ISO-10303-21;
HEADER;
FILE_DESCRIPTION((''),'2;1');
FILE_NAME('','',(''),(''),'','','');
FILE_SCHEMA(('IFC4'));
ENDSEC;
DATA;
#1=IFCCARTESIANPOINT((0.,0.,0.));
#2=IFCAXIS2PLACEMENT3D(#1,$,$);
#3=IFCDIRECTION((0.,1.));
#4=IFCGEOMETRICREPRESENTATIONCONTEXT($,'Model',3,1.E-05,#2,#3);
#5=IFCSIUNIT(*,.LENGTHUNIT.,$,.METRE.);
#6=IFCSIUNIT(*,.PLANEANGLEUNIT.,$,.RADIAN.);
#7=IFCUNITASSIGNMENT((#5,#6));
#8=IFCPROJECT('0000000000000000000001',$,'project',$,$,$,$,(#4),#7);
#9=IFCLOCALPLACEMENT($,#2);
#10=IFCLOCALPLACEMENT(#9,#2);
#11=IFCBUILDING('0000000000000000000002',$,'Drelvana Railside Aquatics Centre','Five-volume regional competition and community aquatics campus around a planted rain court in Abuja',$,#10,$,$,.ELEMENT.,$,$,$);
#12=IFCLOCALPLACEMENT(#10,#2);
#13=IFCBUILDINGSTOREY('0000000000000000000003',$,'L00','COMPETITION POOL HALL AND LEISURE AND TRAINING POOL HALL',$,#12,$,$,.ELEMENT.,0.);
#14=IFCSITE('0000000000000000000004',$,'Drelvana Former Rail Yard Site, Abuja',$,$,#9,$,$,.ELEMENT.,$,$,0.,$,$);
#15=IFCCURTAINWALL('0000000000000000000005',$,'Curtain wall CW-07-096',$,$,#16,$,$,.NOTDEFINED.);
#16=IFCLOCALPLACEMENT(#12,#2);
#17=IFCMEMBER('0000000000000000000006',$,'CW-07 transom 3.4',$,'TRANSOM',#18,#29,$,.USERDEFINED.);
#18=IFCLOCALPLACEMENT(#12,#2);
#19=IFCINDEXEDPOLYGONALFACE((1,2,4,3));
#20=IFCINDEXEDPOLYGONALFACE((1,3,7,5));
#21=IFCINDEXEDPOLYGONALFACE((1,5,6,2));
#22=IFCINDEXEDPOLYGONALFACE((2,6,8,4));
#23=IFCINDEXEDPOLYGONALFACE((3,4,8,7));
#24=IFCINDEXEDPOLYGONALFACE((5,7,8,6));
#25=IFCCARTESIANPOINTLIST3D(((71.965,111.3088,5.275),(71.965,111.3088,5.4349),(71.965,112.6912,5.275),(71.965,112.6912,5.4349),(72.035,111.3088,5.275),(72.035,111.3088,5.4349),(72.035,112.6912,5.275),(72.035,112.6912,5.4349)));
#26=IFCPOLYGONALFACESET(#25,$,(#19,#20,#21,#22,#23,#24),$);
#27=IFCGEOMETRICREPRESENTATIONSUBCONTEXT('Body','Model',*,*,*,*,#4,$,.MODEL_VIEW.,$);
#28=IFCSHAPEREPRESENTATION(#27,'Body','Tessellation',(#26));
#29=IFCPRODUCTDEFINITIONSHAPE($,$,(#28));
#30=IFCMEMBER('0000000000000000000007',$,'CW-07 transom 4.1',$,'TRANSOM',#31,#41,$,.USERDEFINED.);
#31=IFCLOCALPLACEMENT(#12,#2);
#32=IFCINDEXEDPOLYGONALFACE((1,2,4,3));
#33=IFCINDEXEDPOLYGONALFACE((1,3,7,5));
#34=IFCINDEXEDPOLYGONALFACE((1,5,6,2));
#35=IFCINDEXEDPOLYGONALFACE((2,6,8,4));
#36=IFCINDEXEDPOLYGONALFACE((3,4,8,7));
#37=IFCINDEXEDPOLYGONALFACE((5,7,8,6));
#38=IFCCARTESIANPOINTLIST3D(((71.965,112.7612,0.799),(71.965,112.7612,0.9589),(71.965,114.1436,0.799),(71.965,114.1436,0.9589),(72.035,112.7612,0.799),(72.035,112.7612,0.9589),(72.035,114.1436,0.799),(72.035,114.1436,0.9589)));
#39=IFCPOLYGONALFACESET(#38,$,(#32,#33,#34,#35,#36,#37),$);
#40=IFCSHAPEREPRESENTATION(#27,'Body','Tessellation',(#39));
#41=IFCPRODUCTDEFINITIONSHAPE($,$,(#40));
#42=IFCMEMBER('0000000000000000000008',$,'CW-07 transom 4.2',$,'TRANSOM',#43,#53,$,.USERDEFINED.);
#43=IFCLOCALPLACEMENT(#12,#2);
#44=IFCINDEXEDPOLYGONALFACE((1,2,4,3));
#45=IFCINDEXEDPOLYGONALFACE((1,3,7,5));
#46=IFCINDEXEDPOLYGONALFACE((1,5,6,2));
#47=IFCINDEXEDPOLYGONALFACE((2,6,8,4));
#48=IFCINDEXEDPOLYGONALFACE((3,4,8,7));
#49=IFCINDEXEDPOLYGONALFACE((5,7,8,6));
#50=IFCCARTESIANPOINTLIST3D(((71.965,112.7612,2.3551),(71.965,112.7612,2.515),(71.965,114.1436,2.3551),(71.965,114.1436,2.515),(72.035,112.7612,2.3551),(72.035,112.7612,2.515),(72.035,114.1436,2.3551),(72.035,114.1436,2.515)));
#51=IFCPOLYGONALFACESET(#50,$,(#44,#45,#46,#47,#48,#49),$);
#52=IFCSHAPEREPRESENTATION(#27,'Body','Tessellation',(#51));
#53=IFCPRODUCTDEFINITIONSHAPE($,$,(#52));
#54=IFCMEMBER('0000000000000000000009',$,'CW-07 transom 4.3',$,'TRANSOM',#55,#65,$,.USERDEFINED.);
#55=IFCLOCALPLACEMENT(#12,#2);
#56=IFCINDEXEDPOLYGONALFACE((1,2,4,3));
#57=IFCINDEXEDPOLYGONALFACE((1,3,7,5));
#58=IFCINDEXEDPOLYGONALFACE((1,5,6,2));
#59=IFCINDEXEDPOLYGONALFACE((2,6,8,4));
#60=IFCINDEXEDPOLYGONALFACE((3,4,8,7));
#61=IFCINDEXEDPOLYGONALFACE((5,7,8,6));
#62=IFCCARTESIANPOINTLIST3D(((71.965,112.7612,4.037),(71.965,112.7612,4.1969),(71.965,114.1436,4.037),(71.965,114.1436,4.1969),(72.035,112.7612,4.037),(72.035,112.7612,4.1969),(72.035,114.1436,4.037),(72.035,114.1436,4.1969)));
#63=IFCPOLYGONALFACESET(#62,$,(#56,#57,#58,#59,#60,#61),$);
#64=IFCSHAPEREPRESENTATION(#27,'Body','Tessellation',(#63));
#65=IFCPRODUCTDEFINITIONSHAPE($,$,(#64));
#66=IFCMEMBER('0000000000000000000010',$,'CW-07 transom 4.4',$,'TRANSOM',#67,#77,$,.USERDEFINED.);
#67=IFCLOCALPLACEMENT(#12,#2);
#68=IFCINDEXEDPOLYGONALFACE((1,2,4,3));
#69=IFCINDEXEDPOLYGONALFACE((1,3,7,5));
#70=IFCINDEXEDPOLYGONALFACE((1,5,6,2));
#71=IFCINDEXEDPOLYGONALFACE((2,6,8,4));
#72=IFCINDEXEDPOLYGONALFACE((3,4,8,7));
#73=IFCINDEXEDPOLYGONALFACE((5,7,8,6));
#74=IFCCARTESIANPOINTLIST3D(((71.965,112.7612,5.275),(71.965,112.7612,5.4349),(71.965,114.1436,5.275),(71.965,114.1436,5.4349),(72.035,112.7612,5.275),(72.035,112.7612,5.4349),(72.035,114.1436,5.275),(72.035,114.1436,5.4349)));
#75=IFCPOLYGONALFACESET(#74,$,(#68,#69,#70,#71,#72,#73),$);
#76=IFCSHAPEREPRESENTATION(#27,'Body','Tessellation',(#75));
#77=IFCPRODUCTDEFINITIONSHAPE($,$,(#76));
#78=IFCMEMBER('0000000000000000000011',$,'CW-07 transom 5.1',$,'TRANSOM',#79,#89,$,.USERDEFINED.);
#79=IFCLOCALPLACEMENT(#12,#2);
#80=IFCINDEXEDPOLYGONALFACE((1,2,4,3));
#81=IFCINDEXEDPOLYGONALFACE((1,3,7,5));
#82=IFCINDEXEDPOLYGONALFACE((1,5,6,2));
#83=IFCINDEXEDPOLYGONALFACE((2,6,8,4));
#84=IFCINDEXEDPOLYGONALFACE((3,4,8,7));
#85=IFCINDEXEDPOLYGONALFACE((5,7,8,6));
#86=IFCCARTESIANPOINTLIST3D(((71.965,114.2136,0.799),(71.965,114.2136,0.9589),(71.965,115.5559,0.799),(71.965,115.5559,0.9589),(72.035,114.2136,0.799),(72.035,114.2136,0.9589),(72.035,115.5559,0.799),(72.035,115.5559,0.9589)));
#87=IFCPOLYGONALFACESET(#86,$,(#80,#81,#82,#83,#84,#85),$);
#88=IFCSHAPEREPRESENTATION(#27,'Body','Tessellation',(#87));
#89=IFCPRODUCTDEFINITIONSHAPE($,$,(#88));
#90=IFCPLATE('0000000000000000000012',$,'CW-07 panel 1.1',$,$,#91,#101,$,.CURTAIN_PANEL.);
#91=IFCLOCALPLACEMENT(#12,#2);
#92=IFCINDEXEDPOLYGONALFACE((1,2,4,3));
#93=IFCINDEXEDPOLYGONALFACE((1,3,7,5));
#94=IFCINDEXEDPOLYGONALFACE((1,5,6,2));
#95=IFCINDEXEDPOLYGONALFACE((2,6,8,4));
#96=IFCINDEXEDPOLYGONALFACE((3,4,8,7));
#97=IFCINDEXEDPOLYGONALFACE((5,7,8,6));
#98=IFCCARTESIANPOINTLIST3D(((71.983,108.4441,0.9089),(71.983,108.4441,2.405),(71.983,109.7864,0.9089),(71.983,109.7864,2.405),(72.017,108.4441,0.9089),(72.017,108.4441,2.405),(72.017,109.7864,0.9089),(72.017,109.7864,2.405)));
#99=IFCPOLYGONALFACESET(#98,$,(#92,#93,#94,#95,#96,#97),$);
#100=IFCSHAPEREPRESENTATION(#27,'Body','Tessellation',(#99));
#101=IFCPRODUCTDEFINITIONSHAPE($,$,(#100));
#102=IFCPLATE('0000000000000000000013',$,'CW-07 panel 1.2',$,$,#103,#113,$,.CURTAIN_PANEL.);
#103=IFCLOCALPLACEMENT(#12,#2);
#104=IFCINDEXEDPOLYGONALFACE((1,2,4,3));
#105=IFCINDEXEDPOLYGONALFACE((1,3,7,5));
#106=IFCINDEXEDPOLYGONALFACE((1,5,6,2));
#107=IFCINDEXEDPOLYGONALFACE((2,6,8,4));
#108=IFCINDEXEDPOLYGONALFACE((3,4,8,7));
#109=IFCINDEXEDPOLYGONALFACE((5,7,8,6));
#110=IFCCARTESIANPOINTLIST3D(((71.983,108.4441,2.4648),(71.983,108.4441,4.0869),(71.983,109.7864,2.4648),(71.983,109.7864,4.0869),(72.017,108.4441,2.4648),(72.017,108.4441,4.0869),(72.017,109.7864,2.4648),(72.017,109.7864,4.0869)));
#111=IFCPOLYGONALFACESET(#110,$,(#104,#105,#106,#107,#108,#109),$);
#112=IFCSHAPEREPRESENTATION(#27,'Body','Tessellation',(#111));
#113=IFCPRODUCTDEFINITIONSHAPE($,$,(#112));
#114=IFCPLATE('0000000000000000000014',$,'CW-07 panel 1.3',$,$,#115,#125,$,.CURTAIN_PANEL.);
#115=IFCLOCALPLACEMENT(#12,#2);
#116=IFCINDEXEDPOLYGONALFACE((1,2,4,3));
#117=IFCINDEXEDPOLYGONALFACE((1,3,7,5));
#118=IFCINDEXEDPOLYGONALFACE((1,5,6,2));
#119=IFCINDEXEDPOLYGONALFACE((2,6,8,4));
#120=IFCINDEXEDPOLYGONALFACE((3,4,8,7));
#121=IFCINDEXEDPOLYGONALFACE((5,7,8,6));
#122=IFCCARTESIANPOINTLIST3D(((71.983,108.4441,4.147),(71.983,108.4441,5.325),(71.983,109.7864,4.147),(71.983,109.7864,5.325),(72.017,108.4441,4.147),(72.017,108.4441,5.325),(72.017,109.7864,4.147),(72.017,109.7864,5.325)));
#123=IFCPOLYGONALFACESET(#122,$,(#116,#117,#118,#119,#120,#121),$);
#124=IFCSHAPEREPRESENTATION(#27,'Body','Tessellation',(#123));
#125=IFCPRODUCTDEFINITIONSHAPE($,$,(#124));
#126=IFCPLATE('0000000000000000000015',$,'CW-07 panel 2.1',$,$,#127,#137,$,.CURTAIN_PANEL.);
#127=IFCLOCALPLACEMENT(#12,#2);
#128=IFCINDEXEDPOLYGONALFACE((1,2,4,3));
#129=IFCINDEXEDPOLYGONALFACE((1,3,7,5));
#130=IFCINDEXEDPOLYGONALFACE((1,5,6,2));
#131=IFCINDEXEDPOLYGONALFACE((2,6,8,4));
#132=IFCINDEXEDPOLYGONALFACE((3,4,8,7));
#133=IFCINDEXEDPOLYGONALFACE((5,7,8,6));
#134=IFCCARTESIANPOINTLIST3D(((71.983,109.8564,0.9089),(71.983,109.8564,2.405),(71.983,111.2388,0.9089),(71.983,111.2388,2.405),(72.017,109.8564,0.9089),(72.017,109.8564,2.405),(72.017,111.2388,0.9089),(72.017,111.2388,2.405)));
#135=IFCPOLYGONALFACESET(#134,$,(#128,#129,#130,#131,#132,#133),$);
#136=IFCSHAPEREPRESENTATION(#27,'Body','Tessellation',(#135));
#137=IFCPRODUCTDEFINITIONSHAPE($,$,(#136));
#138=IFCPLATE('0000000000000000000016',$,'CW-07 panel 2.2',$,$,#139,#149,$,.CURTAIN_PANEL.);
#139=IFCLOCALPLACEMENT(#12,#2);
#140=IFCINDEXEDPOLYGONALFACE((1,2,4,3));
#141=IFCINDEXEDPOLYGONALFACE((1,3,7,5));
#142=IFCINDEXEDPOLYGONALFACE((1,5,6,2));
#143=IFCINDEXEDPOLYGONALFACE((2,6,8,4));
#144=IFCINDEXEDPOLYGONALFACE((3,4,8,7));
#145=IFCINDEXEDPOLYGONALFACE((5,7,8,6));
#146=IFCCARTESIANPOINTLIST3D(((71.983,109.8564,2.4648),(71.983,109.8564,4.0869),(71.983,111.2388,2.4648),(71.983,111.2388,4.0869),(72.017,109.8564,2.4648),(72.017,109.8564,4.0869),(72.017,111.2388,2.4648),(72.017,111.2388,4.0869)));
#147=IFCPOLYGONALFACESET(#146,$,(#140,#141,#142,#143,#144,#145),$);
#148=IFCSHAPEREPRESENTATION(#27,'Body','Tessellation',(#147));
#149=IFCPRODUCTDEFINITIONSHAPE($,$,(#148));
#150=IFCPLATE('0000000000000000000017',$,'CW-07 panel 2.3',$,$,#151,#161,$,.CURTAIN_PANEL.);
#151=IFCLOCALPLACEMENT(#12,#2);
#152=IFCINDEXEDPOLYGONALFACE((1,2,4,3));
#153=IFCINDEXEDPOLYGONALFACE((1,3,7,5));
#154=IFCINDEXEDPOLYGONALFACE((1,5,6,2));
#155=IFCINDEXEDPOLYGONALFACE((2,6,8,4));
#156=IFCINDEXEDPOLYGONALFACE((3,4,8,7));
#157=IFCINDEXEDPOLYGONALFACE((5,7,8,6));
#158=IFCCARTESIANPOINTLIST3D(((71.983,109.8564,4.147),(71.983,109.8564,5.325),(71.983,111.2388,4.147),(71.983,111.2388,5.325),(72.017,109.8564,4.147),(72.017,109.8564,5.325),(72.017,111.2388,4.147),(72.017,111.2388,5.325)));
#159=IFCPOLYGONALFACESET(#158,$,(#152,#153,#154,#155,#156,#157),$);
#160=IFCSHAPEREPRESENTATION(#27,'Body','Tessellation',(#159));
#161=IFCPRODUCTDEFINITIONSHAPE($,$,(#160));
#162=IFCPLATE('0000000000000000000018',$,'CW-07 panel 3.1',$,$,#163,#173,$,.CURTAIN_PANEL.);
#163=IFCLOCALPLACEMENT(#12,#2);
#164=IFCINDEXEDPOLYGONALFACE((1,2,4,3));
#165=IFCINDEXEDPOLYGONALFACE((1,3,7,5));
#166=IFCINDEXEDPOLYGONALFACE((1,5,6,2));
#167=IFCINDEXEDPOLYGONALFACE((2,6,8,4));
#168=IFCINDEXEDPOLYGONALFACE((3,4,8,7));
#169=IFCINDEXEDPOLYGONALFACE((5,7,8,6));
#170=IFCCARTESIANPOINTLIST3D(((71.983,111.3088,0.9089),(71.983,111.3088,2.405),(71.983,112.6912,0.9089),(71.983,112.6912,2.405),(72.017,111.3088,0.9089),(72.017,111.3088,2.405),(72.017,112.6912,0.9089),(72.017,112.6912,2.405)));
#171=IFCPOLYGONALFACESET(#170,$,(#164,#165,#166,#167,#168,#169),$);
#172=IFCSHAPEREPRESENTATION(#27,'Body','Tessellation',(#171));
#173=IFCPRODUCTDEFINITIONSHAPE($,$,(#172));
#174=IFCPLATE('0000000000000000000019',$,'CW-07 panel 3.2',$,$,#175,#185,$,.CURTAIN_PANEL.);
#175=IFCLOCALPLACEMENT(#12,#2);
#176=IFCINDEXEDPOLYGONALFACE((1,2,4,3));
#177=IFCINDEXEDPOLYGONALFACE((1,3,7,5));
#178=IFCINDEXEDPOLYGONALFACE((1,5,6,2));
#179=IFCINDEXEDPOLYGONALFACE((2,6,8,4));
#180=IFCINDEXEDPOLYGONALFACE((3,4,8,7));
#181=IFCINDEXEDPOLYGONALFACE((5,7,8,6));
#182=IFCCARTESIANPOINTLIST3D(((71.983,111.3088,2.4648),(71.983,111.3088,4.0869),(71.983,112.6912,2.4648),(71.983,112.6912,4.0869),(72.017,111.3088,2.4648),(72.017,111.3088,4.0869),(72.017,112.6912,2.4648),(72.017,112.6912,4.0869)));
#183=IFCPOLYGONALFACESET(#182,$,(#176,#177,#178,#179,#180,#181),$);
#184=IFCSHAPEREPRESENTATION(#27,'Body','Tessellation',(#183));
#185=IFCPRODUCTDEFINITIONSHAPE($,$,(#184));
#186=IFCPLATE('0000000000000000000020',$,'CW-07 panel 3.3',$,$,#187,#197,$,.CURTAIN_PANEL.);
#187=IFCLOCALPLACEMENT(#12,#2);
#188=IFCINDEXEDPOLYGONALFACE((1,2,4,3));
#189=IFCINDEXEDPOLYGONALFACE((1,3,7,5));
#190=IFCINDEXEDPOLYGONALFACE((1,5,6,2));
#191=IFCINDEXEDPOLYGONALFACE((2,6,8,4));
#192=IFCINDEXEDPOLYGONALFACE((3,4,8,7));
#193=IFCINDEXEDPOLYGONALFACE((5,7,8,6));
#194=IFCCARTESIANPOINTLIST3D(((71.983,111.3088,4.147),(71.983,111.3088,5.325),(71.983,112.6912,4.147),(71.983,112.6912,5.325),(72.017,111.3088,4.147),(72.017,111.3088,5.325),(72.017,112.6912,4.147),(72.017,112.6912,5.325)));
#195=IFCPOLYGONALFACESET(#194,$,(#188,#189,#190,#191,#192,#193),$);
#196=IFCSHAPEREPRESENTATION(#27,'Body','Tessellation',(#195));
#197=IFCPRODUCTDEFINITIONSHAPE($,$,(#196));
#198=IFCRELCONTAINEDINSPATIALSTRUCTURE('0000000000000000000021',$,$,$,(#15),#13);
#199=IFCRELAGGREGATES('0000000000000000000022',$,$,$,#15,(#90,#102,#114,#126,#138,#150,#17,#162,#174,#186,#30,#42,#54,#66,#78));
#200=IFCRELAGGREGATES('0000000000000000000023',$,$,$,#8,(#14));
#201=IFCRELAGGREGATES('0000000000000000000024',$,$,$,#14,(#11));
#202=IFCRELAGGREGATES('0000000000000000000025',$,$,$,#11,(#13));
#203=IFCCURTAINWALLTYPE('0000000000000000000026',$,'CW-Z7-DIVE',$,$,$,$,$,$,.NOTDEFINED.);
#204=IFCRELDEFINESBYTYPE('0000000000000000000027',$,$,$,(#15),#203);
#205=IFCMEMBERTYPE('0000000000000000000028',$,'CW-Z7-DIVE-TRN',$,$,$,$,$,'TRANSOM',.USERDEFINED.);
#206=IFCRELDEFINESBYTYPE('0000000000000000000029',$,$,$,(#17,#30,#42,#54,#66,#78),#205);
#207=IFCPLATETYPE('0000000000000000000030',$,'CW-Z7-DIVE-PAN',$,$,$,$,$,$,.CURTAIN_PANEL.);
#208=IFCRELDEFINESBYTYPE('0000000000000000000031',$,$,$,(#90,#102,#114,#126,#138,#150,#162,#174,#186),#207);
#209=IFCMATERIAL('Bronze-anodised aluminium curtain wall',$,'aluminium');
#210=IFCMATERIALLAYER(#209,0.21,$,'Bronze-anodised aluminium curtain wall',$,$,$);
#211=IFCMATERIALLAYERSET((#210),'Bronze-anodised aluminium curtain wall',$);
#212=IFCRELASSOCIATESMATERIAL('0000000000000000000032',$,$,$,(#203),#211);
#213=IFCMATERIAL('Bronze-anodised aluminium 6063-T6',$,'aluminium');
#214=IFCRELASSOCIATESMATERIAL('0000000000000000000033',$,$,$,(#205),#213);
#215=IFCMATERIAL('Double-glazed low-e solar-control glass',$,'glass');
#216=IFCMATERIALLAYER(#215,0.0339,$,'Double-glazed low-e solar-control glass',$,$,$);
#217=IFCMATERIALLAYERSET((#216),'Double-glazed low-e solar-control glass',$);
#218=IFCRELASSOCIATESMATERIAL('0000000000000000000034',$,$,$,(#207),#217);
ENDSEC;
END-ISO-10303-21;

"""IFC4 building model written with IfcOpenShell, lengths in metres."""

from ifc_helpers import new_model, si_unit, direction, frame, origin, origin_2d, place, context, subcontext, project, spatial, rectangle, extrude, material, layer, layer_set, material_profile, profile_set, type_object, element, aggregate, save


model = new_model("IFC4")

# Units and contexts
model_context = context("Model", 3, precision=1e-05, world=origin(), true_north=direction((0.0, 1.0)))
body_context = subcontext(model_context, "Body", "Model", "MODEL_VIEW")
ifc_project = project(units=[si_unit("LENGTHUNIT", "METRE"), si_unit("PLANEANGLEUNIT", "RADIAN")], contexts=[model_context])

# Site, building, storey
site_placement = place(None, origin())
site = spatial("IfcSite", under=ifc_project, at=site_placement, Name="Drelvana Former Rail Yard Site, Abuja", CompositionType="ELEMENT", RefElevation=0.0)
building_placement = place(site_placement, origin())
building = spatial("IfcBuilding", under=site, at=building_placement, Name="Drelvana Railside Aquatics Centre", Description="Five-volume regional competition and community aquatics campus around a planted rain court in Abuja", CompositionType="ELEMENT")
storey_placement = place(building_placement, origin())
storey = spatial("IfcBuildingStorey", under=building, at=storey_placement, Name="L00", Description="COMPETITION POOL HALL AND LEISURE AND TRAINING POOL HALL", CompositionType="ELEMENT", Elevation=0.0)

# Curtain wall, members, plates
ifc_material_1 = material(Name="Bronze-anodised aluminium curtain wall", Category="aluminium")
ifc_layer_1 = layer(ifc_material_1, 0.21, Name="Bronze-anodised aluminium curtain wall")
ifc_layer_set_1 = layer_set([ifc_layer_1], Name="Bronze-anodised aluminium curtain wall")
curtain_wall_type = type_object("IfcCurtainWallType", Name="CW-Z7-DIVE", PredefinedType="NOTDEFINED", material=ifc_layer_set_1)
curtain_wall_placement = place(storey_placement, origin())
curtain_wall = element("IfcCurtainWall", 1, at=curtain_wall_placement, inside=storey, type_object=curtain_wall_type, Name="Curtain wall CW-07-096", PredefinedType="NOTDEFINED")
ifc_material_2 = material(Name="Bronze-anodised aluminium 6063-T6", Category="aluminium")
ifc_material_profile_1 = material_profile(ifc_material_2, rectangle(XDim=0.1599, YDim=0.0701, at=origin_2d()), Name="ALU-T 70x160")
ifc_profile_set_1 = profile_set([ifc_material_profile_1], Name="Bronze-anodised aluminium 6063-T6")
member_type_1 = type_object("IfcMemberType", Name="CW-Z7-DIVE-TRN", ElementType="TRANSOM", PredefinedType="USERDEFINED", material=ifc_profile_set_1)
member_1_placement = place(storey_placement, frame((72.0, 111.3088, 5.355), z_axis=(0.0, 1.0, 0.0), x_axis=(0.0, 0.0, 1.0)))
member_1 = element("IfcMember", 2, at=member_1_placement, type_object=member_type_1, Name="CW-07 transom 3.4", ObjectType="TRANSOM", PredefinedType="USERDEFINED", context=body_context, shape_type="SweptSolid", body=[
    extrude(rectangle(XDim=0.1599, YDim=0.0701, at=origin_2d()), origin(), (0.0, 0.0, 1.0), 1.3823),
])
member_2_placement = place(storey_placement, frame((72.0, 112.7612, 0.8789), z_axis=(0.0, 1.0, 0.0), x_axis=(0.0, 0.0, 1.0)))
member_2 = element("IfcMember", 3, at=member_2_placement, type_object=member_type_1, Name="CW-07 transom 4.1", ObjectType="TRANSOM", PredefinedType="USERDEFINED", context=body_context, shape_type="SweptSolid", body=[
    extrude(rectangle(XDim=0.1599, YDim=0.0701, at=origin_2d()), origin(), (0.0, 0.0, 1.0), 1.3823),
])
member_3_placement = place(storey_placement, frame((72.0, 112.7612, 2.4351), z_axis=(0.0, 1.0, 0.0), x_axis=(0.0, 0.0, 1.0)))
member_3 = element("IfcMember", 4, at=member_3_placement, type_object=member_type_1, Name="CW-07 transom 4.2", ObjectType="TRANSOM", PredefinedType="USERDEFINED", context=body_context, shape_type="SweptSolid", body=[
    extrude(rectangle(XDim=0.1599, YDim=0.0701, at=origin_2d()), origin(), (0.0, 0.0, 1.0), 1.3823),
])
member_4_placement = place(storey_placement, frame((72.0, 112.7612, 4.1169), z_axis=(0.0, 1.0, 0.0), x_axis=(0.0, 0.0, 1.0)))
member_4 = element("IfcMember", 5, at=member_4_placement, type_object=member_type_1, Name="CW-07 transom 4.3", ObjectType="TRANSOM", PredefinedType="USERDEFINED", context=body_context, shape_type="SweptSolid", body=[
    extrude(rectangle(XDim=0.1599, YDim=0.0701, at=origin_2d()), origin(), (0.0, 0.0, 1.0), 1.3823),
])
member_5_placement = place(storey_placement, frame((72.0, 112.7612, 5.355), z_axis=(0.0, 1.0, 0.0), x_axis=(0.0, 0.0, 1.0)))
member_5 = element("IfcMember", 6, at=member_5_placement, type_object=member_type_1, Name="CW-07 transom 4.4", ObjectType="TRANSOM", PredefinedType="USERDEFINED", context=body_context, shape_type="SweptSolid", body=[
    extrude(rectangle(XDim=0.1599, YDim=0.0701, at=origin_2d()), origin(), (0.0, 0.0, 1.0), 1.3823),
])
member_6_placement = place(storey_placement, frame((72.0, 114.2136, 0.8789), z_axis=(0.0, 1.0, 0.0), x_axis=(0.0, 0.0, 1.0)))
member_6 = element("IfcMember", 7, at=member_6_placement, type_object=member_type_1, Name="CW-07 transom 5.1", ObjectType="TRANSOM", PredefinedType="USERDEFINED", context=body_context, shape_type="SweptSolid", body=[
    extrude(rectangle(XDim=0.1599, YDim=0.0701, at=origin_2d()), origin(), (0.0, 0.0, 1.0), 1.3423),
])
ifc_material_3 = material(Name="Double-glazed low-e solar-control glass", Category="glass")
ifc_layer_2 = layer(ifc_material_3, 0.0339, Name="Double-glazed low-e solar-control glass")
ifc_layer_set_2 = layer_set([ifc_layer_2], Name="Double-glazed low-e solar-control glass")
plate_type = type_object("IfcPlateType", Name="CW-Z7-DIVE-PAN", PredefinedType="CURTAIN_PANEL", material=ifc_layer_set_2)
plate_1_placement = place(storey_placement, frame((72.0, 109.1152, 0.9089), z_axis=(0.0, 0.0, 1.0), x_axis=(0.0, 1.0, 0.0)))
plate_1 = element("IfcPlate", 8, at=plate_1_placement, type_object=plate_type, Name="CW-07 panel 1.1", PredefinedType="CURTAIN_PANEL", context=body_context, shape_type="SweptSolid", body=[
    extrude(rectangle(XDim=1.3423, YDim=0.0339, at=origin_2d()), origin(), (0.0, 0.0, 1.0), 1.4961),
])
plate_2_placement = place(storey_placement, frame((72.0, 109.1152, 2.4648), z_axis=(0.0, 0.0, 1.0), x_axis=(0.0, 1.0, 0.0)))
plate_2 = element("IfcPlate", 9, at=plate_2_placement, type_object=plate_type, Name="CW-07 panel 1.2", PredefinedType="CURTAIN_PANEL", context=body_context, shape_type="SweptSolid", body=[
    extrude(rectangle(XDim=1.3423, YDim=0.0339, at=origin_2d()), origin(), (0.0, 0.0, 1.0), 1.6221),
])
plate_3_placement = place(storey_placement, frame((72.0, 109.1152, 4.147), z_axis=(0.0, 0.0, 1.0), x_axis=(0.0, 1.0, 0.0)))
plate_3 = element("IfcPlate", 10, at=plate_3_placement, type_object=plate_type, Name="CW-07 panel 1.3", PredefinedType="CURTAIN_PANEL", context=body_context, shape_type="SweptSolid", body=[
    extrude(rectangle(XDim=1.3423, YDim=0.0339, at=origin_2d()), origin(), (0.0, 0.0, 1.0), 1.178),
])
plate_4_placement = place(storey_placement, frame((72.0, 110.5476, 0.9089), z_axis=(0.0, 0.0, 1.0), x_axis=(0.0, 1.0, 0.0)))
plate_4 = element("IfcPlate", 11, at=plate_4_placement, type_object=plate_type, Name="CW-07 panel 2.1", PredefinedType="CURTAIN_PANEL", context=body_context, shape_type="SweptSolid", body=[
    extrude(rectangle(XDim=1.3823, YDim=0.0339, at=origin_2d()), origin(), (0.0, 0.0, 1.0), 1.4961),
])
plate_5_placement = place(storey_placement, frame((72.0, 110.5476, 2.4648), z_axis=(0.0, 0.0, 1.0), x_axis=(0.0, 1.0, 0.0)))
plate_5 = element("IfcPlate", 12, at=plate_5_placement, type_object=plate_type, Name="CW-07 panel 2.2", PredefinedType="CURTAIN_PANEL", context=body_context, shape_type="SweptSolid", body=[
    extrude(rectangle(XDim=1.3823, YDim=0.0339, at=origin_2d()), origin(), (0.0, 0.0, 1.0), 1.6221),
])
plate_6_placement = place(storey_placement, frame((72.0, 110.5476, 4.147), z_axis=(0.0, 0.0, 1.0), x_axis=(0.0, 1.0, 0.0)))
plate_6 = element("IfcPlate", 13, at=plate_6_placement, type_object=plate_type, Name="CW-07 panel 2.3", PredefinedType="CURTAIN_PANEL", context=body_context, shape_type="SweptSolid", body=[
    extrude(rectangle(XDim=1.3823, YDim=0.0339, at=origin_2d()), origin(), (0.0, 0.0, 1.0), 1.178),
])
plate_7_placement = place(storey_placement, frame((72.0, 112.0, 0.9089), z_axis=(0.0, 0.0, 1.0), x_axis=(0.0, 1.0, 0.0)))
plate_7 = element("IfcPlate", 14, at=plate_7_placement, type_object=plate_type, Name="CW-07 panel 3.1", PredefinedType="CURTAIN_PANEL", context=body_context, shape_type="SweptSolid", body=[
    extrude(rectangle(XDim=1.3823, YDim=0.0339, at=origin_2d()), origin(), (0.0, 0.0, 1.0), 1.4961),
])
plate_8_placement = place(storey_placement, frame((72.0, 112.0, 2.4648), z_axis=(0.0, 0.0, 1.0), x_axis=(0.0, 1.0, 0.0)))
plate_8 = element("IfcPlate", 15, at=plate_8_placement, type_object=plate_type, Name="CW-07 panel 3.2", PredefinedType="CURTAIN_PANEL", context=body_context, shape_type="SweptSolid", body=[
    extrude(rectangle(XDim=1.3823, YDim=0.0339, at=origin_2d()), origin(), (0.0, 0.0, 1.0), 1.6221),
])
plate_9_placement = place(storey_placement, frame((72.0, 112.0, 4.147), z_axis=(0.0, 0.0, 1.0), x_axis=(0.0, 1.0, 0.0)))
plate_9 = element("IfcPlate", 16, at=plate_9_placement, type_object=plate_type, Name="CW-07 panel 3.3", PredefinedType="CURTAIN_PANEL", context=body_context, shape_type="SweptSolid", body=[
    extrude(rectangle(XDim=1.3823, YDim=0.0339, at=origin_2d()), origin(), (0.0, 0.0, 1.0), 1.178),
])
aggregate(curtain_wall, [plate_1, plate_2, plate_3, plate_4, plate_5, plate_6, member_1, plate_7, plate_8, plate_9, member_2, member_3, member_4, member_5, member_6])

save(model, "model.ifc")
